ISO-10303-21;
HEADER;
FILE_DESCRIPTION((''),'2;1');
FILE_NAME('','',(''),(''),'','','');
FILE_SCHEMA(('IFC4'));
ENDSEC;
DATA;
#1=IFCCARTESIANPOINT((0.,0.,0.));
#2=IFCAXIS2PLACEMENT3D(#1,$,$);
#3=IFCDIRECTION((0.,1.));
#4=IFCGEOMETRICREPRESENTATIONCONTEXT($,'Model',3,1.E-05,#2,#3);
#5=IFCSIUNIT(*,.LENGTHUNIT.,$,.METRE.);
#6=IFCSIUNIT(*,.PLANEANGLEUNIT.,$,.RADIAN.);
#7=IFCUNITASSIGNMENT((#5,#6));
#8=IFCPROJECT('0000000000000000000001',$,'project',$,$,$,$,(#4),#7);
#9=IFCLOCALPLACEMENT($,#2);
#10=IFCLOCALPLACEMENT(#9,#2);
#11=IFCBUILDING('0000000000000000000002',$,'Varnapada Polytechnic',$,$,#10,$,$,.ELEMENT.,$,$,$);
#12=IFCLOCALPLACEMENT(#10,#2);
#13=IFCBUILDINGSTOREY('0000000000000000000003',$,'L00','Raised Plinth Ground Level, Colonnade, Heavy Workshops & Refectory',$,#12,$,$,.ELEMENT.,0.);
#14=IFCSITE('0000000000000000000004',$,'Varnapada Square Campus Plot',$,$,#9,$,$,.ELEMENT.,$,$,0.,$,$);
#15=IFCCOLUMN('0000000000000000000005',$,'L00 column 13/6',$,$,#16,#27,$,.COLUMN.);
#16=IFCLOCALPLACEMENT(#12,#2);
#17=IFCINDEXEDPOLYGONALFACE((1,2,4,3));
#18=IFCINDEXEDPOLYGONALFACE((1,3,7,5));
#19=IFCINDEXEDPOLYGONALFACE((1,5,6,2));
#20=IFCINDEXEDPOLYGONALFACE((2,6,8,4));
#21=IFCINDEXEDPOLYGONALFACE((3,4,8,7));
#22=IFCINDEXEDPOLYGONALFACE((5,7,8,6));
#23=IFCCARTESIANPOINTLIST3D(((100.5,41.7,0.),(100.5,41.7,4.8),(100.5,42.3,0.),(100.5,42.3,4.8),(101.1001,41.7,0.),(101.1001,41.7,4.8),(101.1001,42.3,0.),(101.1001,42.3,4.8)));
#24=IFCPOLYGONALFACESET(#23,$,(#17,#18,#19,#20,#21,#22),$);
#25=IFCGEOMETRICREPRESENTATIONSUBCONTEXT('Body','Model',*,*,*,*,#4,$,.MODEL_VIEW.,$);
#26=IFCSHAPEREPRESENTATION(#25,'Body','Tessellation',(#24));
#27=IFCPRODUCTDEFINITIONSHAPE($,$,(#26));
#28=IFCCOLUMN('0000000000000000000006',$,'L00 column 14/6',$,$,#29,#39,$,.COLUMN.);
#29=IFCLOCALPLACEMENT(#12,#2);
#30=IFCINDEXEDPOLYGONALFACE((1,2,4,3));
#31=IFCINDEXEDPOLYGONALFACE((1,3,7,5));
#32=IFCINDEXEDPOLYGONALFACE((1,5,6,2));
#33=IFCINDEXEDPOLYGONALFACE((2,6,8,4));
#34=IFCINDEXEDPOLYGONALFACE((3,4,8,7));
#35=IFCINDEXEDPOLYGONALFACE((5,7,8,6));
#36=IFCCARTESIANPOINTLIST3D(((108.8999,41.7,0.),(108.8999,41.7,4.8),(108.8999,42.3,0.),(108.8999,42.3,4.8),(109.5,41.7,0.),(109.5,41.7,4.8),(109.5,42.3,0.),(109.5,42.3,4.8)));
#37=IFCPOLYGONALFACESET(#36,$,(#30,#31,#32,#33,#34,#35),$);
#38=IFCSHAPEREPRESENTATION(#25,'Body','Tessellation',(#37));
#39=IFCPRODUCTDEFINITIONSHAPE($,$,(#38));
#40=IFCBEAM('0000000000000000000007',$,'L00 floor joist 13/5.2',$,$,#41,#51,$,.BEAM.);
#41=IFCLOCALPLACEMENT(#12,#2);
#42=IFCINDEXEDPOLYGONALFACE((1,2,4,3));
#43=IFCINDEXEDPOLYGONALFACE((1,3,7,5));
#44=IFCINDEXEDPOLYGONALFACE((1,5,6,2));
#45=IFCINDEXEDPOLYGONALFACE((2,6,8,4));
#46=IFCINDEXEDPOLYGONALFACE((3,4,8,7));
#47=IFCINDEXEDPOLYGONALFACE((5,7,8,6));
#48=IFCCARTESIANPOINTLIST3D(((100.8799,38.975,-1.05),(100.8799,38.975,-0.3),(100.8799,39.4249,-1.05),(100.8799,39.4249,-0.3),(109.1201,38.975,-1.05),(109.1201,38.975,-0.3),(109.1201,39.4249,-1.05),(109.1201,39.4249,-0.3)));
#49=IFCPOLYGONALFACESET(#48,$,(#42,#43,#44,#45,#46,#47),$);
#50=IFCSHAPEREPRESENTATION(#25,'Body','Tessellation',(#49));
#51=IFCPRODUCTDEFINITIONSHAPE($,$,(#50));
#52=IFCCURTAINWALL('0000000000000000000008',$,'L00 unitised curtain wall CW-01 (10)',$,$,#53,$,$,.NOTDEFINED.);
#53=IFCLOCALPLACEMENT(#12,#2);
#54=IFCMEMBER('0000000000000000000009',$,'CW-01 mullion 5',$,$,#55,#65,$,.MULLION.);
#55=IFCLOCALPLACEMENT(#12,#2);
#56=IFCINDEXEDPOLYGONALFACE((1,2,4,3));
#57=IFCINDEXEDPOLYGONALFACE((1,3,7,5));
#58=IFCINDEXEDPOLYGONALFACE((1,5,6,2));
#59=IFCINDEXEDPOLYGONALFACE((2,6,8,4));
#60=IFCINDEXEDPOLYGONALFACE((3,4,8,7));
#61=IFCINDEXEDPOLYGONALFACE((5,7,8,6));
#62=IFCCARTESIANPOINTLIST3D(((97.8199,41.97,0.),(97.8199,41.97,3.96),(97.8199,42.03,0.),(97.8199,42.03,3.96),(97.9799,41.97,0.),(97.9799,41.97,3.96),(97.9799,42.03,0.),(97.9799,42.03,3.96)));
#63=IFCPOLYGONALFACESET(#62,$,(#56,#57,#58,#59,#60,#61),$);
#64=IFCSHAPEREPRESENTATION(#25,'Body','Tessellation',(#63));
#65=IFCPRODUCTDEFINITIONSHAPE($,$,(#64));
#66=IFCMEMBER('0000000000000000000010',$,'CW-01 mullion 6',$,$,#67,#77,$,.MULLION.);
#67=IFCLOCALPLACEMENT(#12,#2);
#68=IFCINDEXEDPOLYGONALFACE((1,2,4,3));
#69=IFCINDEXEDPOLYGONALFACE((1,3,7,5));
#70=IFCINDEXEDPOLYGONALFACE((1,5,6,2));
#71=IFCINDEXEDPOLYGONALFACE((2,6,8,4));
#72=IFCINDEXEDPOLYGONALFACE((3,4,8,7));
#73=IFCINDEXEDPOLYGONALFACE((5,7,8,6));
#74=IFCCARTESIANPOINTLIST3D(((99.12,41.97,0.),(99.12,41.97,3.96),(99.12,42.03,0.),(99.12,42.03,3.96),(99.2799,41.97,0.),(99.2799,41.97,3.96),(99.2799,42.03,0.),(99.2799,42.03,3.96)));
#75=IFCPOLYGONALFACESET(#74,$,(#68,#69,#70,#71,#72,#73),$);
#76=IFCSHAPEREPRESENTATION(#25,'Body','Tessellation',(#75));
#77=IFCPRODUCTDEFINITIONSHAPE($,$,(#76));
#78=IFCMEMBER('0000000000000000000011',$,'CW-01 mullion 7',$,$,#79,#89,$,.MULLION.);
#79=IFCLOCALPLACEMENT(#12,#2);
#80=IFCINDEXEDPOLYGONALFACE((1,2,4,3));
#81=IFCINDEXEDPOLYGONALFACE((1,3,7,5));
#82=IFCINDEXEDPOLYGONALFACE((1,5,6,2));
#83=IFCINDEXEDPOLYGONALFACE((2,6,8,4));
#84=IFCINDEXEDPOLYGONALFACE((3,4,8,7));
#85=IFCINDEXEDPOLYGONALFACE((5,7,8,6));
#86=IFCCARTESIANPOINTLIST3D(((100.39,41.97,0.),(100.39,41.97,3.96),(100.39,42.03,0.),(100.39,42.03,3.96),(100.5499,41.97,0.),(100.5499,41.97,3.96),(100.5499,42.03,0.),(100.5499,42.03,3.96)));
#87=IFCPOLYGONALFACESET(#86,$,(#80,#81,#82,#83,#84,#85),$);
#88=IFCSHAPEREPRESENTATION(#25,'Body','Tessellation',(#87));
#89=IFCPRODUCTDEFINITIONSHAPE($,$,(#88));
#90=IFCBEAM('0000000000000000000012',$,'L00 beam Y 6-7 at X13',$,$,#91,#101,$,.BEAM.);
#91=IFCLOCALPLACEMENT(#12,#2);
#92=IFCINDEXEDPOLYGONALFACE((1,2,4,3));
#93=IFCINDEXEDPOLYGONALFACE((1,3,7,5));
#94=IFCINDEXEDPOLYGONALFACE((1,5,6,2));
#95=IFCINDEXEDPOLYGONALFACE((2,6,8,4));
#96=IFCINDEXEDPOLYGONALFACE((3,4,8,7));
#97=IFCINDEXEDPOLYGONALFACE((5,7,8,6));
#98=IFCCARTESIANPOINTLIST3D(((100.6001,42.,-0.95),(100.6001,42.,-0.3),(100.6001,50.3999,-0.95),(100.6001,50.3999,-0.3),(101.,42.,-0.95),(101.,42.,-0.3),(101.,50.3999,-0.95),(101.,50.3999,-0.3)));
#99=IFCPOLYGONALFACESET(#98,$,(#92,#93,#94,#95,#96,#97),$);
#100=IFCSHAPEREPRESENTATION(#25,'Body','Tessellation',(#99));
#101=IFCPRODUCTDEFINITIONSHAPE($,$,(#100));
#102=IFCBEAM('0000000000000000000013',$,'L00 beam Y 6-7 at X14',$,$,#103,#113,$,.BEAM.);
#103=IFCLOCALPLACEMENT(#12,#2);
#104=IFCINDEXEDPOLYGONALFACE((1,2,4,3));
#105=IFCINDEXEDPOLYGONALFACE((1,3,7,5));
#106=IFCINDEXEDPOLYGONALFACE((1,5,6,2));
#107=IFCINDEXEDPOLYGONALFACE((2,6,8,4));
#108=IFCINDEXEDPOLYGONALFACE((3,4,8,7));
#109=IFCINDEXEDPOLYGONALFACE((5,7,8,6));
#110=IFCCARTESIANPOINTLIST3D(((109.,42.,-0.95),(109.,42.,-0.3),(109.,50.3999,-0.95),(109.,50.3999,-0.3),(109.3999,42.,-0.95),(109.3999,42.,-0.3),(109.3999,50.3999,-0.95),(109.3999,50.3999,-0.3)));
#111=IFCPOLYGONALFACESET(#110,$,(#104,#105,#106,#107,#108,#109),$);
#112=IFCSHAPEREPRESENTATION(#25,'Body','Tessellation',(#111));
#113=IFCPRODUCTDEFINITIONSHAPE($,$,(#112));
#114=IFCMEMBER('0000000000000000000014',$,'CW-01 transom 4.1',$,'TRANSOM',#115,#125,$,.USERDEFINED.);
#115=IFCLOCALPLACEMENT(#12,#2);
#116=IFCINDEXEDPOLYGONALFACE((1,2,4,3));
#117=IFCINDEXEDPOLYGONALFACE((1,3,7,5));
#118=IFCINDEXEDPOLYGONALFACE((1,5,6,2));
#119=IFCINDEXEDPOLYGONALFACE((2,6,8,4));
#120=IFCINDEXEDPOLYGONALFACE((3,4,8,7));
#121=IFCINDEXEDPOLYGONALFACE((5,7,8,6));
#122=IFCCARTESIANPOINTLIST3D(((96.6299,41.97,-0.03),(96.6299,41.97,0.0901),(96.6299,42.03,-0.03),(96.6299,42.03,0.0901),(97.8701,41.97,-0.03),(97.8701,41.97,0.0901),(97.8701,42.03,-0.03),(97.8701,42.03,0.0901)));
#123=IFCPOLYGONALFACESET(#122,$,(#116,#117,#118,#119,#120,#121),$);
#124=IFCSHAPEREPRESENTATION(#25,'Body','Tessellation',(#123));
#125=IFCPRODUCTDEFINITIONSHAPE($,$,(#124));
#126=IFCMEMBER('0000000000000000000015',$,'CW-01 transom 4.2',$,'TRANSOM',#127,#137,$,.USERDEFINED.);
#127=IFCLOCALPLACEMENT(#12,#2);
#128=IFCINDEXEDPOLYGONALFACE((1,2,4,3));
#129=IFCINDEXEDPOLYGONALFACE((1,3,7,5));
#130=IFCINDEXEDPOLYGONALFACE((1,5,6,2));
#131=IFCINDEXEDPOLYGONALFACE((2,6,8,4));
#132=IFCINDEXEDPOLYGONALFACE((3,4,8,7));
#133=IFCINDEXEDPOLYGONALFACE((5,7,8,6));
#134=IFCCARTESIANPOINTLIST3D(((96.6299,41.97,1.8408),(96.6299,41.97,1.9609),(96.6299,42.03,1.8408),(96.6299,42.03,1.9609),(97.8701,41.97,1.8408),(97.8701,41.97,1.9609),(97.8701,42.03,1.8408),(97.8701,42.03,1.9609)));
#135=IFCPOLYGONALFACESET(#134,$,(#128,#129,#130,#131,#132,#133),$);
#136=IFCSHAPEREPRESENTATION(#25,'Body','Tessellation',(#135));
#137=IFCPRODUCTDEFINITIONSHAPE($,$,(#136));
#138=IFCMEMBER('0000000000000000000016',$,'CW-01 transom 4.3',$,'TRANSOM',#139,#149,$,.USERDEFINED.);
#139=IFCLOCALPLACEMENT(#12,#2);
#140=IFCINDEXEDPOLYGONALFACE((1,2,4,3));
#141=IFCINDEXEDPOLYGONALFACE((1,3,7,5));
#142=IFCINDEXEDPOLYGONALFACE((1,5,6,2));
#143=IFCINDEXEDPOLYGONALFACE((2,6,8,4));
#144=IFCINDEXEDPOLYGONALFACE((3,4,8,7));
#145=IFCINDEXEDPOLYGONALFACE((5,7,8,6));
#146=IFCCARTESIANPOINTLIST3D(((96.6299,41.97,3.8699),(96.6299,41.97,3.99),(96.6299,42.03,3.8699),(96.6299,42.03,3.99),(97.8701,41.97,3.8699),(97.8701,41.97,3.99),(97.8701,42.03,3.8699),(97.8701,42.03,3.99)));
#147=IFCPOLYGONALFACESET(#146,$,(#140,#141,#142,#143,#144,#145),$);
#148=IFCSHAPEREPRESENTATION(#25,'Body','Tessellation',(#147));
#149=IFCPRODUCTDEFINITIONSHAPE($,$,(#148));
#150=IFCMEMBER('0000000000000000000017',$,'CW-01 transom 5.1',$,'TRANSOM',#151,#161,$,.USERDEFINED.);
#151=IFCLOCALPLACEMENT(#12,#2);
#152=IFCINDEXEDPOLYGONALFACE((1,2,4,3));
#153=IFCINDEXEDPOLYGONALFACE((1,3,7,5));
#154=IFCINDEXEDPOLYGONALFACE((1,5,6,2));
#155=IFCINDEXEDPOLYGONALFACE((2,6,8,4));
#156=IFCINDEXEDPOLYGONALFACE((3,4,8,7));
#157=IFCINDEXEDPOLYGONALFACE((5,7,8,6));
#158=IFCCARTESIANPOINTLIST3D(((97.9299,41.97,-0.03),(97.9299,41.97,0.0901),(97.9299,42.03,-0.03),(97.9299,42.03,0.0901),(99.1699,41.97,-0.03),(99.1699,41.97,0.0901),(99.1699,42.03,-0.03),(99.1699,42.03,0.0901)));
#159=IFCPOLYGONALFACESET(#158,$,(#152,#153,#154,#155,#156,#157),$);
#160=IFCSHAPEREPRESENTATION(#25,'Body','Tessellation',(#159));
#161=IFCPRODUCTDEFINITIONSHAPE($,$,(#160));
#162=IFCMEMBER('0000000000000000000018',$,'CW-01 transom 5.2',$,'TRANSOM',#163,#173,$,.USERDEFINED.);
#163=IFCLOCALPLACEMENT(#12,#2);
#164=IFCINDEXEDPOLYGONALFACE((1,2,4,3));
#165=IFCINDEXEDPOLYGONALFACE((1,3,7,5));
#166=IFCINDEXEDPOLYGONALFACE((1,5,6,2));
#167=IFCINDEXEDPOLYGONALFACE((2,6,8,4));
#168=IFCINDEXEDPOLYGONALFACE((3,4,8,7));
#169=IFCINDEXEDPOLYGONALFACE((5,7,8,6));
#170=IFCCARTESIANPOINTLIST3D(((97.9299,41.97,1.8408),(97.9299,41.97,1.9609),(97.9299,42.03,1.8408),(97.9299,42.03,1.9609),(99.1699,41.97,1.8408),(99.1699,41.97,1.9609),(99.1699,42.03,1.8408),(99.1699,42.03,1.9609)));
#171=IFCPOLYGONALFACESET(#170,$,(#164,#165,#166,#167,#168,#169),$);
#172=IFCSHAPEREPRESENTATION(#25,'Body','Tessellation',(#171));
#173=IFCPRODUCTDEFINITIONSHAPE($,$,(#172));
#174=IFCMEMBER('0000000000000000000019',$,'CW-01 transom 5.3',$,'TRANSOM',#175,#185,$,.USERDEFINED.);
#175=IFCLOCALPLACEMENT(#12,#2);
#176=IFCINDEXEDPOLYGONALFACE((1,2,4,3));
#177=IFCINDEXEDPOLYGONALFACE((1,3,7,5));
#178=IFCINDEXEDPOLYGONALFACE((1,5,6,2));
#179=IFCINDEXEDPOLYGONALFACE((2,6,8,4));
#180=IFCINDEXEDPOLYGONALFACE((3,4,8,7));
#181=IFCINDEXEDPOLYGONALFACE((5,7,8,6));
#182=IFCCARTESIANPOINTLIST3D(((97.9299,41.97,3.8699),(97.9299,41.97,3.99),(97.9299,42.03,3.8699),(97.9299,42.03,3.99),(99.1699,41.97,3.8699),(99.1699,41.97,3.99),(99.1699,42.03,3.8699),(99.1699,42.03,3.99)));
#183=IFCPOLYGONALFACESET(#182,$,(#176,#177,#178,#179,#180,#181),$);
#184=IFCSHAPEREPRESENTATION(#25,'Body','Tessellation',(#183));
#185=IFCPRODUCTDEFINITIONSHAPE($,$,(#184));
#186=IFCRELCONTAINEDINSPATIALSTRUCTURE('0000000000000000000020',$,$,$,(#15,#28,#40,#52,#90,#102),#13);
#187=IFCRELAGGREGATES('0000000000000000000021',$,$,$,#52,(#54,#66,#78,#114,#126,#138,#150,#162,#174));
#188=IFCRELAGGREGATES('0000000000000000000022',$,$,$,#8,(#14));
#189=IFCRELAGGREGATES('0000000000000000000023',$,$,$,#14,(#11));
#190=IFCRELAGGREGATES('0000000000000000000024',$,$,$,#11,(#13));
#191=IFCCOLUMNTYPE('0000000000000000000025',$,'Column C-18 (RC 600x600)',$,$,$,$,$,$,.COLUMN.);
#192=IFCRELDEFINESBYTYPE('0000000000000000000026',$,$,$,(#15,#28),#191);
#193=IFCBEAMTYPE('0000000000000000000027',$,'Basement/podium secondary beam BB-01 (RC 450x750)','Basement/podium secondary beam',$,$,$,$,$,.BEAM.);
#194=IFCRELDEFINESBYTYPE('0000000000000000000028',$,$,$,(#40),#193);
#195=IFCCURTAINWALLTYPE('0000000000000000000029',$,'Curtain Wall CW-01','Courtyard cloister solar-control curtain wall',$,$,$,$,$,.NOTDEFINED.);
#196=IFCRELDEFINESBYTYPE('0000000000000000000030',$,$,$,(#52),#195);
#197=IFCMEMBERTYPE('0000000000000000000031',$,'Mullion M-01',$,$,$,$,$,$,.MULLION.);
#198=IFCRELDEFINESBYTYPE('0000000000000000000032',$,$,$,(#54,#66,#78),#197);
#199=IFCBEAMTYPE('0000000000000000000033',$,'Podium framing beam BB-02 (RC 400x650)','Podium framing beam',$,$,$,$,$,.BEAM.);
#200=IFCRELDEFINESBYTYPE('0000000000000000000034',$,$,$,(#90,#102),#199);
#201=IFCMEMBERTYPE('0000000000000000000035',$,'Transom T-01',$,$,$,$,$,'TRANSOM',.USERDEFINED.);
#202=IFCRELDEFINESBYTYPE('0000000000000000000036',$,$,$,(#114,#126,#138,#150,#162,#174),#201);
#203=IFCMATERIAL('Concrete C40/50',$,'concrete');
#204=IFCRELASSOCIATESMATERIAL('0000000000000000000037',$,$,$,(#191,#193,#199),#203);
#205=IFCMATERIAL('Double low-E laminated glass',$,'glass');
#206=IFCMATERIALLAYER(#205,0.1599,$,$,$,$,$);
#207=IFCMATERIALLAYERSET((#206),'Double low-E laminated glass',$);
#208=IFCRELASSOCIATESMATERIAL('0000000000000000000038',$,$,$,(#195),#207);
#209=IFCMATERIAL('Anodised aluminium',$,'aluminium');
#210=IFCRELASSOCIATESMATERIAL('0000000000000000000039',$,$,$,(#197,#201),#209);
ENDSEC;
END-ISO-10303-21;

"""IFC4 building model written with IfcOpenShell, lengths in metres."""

from ifc_helpers import new_model, si_unit, direction, frame, origin, origin_2d, place, context, subcontext, project, spatial, rectangle, extrude, material, layer, layer_set, material_profile, profile_set, type_object, element, aggregate, save


model = new_model("IFC4")

# Units and contexts
model_context = context("Model", 3, precision=1e-05, world=origin(), true_north=direction((0.0, 1.0)))
body_context = subcontext(model_context, "Body", "Model", "MODEL_VIEW")
ifc_project = project(units=[si_unit("LENGTHUNIT", "METRE"), si_unit("PLANEANGLEUNIT", "RADIAN")], contexts=[model_context])

# Site, building, storey
site_placement = place(None, origin())
site = spatial("IfcSite", under=ifc_project, at=site_placement, Name="Varnapada Square Campus Plot", CompositionType="ELEMENT", RefElevation=0.0)
building_placement = place(site_placement, origin())
building = spatial("IfcBuilding", under=site, at=building_placement, Name="Varnapada Polytechnic", CompositionType="ELEMENT")
storey_placement = place(building_placement, origin())
storey = spatial("IfcBuildingStorey", under=building, at=storey_placement, Name="L00", Description="Raised Plinth Ground Level, Colonnade, Heavy Workshops & Refectory", CompositionType="ELEMENT", Elevation=0.0)

# Columns
ifc_material_1 = material(Name="Concrete C40/50", Category="concrete")
ifc_material_profile_1 = material_profile(ifc_material_1, rectangle(XDim=0.6001, YDim=0.6001, at=origin_2d()), Name="RC 600x600")
ifc_profile_set_1 = profile_set([ifc_material_profile_1], Name="Concrete C40/50")
column_type = type_object("IfcColumnType", Name="Column C-18 (RC 600x600)", PredefinedType="COLUMN", material=ifc_profile_set_1)
for number, where, z_axis, x_axis, name in (
    (1, (100.8, 42.0, 0.0), (0.0, 0.0, 1.0), (1.0, 0.0, 0.0), "L00 column 13/6"),
    (2, (109.2, 42.0, 0.0), (0.0, 0.0, 1.0), (1.0, 0.0, 0.0), "L00 column 14/6"),
):
    element("IfcColumn", number, at=place(storey_placement, frame(where, z_axis=z_axis, x_axis=x_axis)), inside=storey, type_object=column_type, Name=name, PredefinedType="COLUMN", context=body_context, shape_type="SweptSolid", body=[
        extrude(rectangle(XDim=0.6001, YDim=0.6001, at=origin_2d()), origin(), (0.0, 0.0, 1.0), 4.8),
    ])

# Beam
ifc_material_profile_2 = material_profile(ifc_material_1, rectangle(XDim=0.45, YDim=0.75, at=origin_2d()), Name="RC 450x750")
ifc_profile_set_2 = profile_set([ifc_material_profile_2], Name="Concrete C40/50")
beam_type_1 = type_object("IfcBeamType", Name="Basement/podium secondary beam BB-01 (RC 450x750)", Description="Basement/podium secondary beam", PredefinedType="BEAM", material=ifc_profile_set_2)
beam_1_placement = place(storey_placement, frame((100.8799, 39.2, -0.675), z_axis=(1.0, 0.0, 0.0), x_axis=(0.0, 1.0, 0.0)))
element("IfcBeam", 3, at=beam_1_placement, inside=storey, type_object=beam_type_1, Name="L00 floor joist 13/5.2", PredefinedType="BEAM", context=body_context, shape_type="SweptSolid", body=[
    extrude(rectangle(XDim=0.45, YDim=0.75, at=origin_2d()), origin(), (0.0, 0.0, 1.0), 8.2402),
])

# Curtain wall, members
ifc_material_2 = material(Name="Double low-E laminated glass", Category="glass")
ifc_layer_1 = layer(ifc_material_2, 0.1599)
ifc_layer_set_1 = layer_set([ifc_layer_1], Name="Double low-E laminated glass")
curtain_wall_type = type_object("IfcCurtainWallType", Name="Curtain Wall CW-01", Description="Courtyard cloister solar-control curtain wall", PredefinedType="NOTDEFINED", material=ifc_layer_set_1)
curtain_wall_placement = place(storey_placement, origin())
curtain_wall = element("IfcCurtainWall", 4, at=curtain_wall_placement, inside=storey, type_object=curtain_wall_type, Name="L00 unitised curtain wall CW-01 (10)", PredefinedType="NOTDEFINED")
ifc_material_3 = material(Name="Anodised aluminium", Category="aluminium")
ifc_material_profile_3 = material_profile(ifc_material_3, rectangle(XDim=0.0601, YDim=0.1599, at=origin_2d()), Name="ALU M60x160")
ifc_profile_set_3 = profile_set([ifc_material_profile_3], Name="Anodised aluminium")
member_type_1 = type_object("IfcMemberType", Name="Mullion M-01", PredefinedType="MULLION", material=ifc_profile_set_3)
member_1_placement = place(storey_placement, frame((97.8999, 42.0, 0.0), z_axis=(0.0, 0.0, 1.0), x_axis=(0.0, 1.0, 0.0)))
member_1 = element("IfcMember", 5, at=member_1_placement, type_object=member_type_1, Name="CW-01 mullion 5", PredefinedType="MULLION", context=body_context, shape_type="SweptSolid", body=[
    extrude(rectangle(XDim=0.0601, YDim=0.1599, at=origin_2d()), origin(), (0.0, 0.0, 1.0), 3.96),
])
member_2_placement = place(storey_placement, frame((99.2, 42.0, 0.0), z_axis=(0.0, 0.0, 1.0), x_axis=(0.0, 1.0, 0.0)))
member_2 = element("IfcMember", 6, at=member_2_placement, type_object=member_type_1, Name="CW-01 mullion 6", PredefinedType="MULLION", context=body_context, shape_type="SweptSolid", body=[
    extrude(rectangle(XDim=0.0601, YDim=0.1599, at=origin_2d()), origin(), (0.0, 0.0, 1.0), 3.96),
])
member_3_placement = place(storey_placement, frame((100.47, 42.0, 0.0), z_axis=(0.0, 0.0, 1.0), x_axis=(0.0, 1.0, 0.0)))
member_3 = element("IfcMember", 7, at=member_3_placement, type_object=member_type_1, Name="CW-01 mullion 7", PredefinedType="MULLION", context=body_context, shape_type="SweptSolid", body=[
    extrude(rectangle(XDim=0.0601, YDim=0.1599, at=origin_2d()), origin(), (0.0, 0.0, 1.0), 3.96),
])

# Beams
ifc_material_profile_4 = material_profile(ifc_material_1, rectangle(XDim=0.3999, YDim=0.6499, at=origin_2d()), Name="RC 400x650")
ifc_profile_set_4 = profile_set([ifc_material_profile_4], Name="Concrete C40/50")
beam_type_2 = type_object("IfcBeamType", Name="Podium framing beam BB-02 (RC 400x650)", Description="Podium framing beam", PredefinedType="BEAM", material=ifc_profile_set_4)
for number, where, z_axis, x_axis, name in (
    (8, (100.8, 42.0, -0.625), (0.0, 1.0, 0.0), (-1.0, 0.0, 0.0), "L00 beam Y 6-7 at X13"),
    (9, (109.2, 42.0, -0.625), (0.0, 1.0, 0.0), (-1.0, 0.0, 0.0), "L00 beam Y 6-7 at X14"),
):
    element("IfcBeam", number, at=place(storey_placement, frame(where, z_axis=z_axis, x_axis=x_axis)), inside=storey, type_object=beam_type_2, Name=name, PredefinedType="BEAM", context=body_context, shape_type="SweptSolid", body=[
        extrude(rectangle(XDim=0.3999, YDim=0.6499, at=origin_2d()), origin(), (0.0, 0.0, 1.0), 8.3999),
    ])

# Members
ifc_material_profile_5 = material_profile(ifc_material_3, rectangle(XDim=0.0601, YDim=0.1201, at=origin_2d()), Name="ALU T60x120")
ifc_profile_set_5 = profile_set([ifc_material_profile_5], Name="Anodised aluminium")
member_type_2 = type_object("IfcMemberType", Name="Transom T-01", ElementType="TRANSOM", PredefinedType="USERDEFINED", material=ifc_profile_set_5)
member_4_placement = place(storey_placement, frame((96.6299, 42.0, 0.03), z_axis=(1.0, 0.0, 0.0), x_axis=(0.0, 1.0, 0.0)))
member_4 = element("IfcMember", 10, at=member_4_placement, type_object=member_type_2, Name="CW-01 transom 4.1", ObjectType="TRANSOM", PredefinedType="USERDEFINED", context=body_context, shape_type="SweptSolid", body=[
    extrude(rectangle(XDim=0.0601, YDim=0.1201, at=origin_2d()), origin(), (0.0, 0.0, 1.0), 1.2402),
])
member_5_placement = place(storey_placement, frame((96.6299, 42.0, 1.9009), z_axis=(1.0, 0.0, 0.0), x_axis=(0.0, 1.0, 0.0)))
member_5 = element("IfcMember", 11, at=member_5_placement, type_object=member_type_2, Name="CW-01 transom 4.2", ObjectType="TRANSOM", PredefinedType="USERDEFINED", context=body_context, shape_type="SweptSolid", body=[
    extrude(rectangle(XDim=0.0601, YDim=0.1201, at=origin_2d()), origin(), (0.0, 0.0, 1.0), 1.2402),
])
member_6_placement = place(storey_placement, frame((96.6299, 42.0, 3.9299), z_axis=(1.0, 0.0, 0.0), x_axis=(0.0, 1.0, 0.0)))
member_6 = element("IfcMember", 12, at=member_6_placement, type_object=member_type_2, Name="CW-01 transom 4.3", ObjectType="TRANSOM", PredefinedType="USERDEFINED", context=body_context, shape_type="SweptSolid", body=[
    extrude(rectangle(XDim=0.0601, YDim=0.1201, at=origin_2d()), origin(), (0.0, 0.0, 1.0), 1.2402),
])
member_7_placement = place(storey_placement, frame((97.9299, 42.0, 0.03), z_axis=(1.0, 0.0, 0.0), x_axis=(0.0, 1.0, 0.0)))
member_7 = element("IfcMember", 13, at=member_7_placement, type_object=member_type_2, Name="CW-01 transom 5.1", ObjectType="TRANSOM", PredefinedType="USERDEFINED", context=body_context, shape_type="SweptSolid", body=[
    extrude(rectangle(XDim=0.0601, YDim=0.1201, at=origin_2d()), origin(), (0.0, 0.0, 1.0), 1.24),
])
member_8_placement = place(storey_placement, frame((97.9299, 42.0, 1.9009), z_axis=(1.0, 0.0, 0.0), x_axis=(0.0, 1.0, 0.0)))
member_8 = element("IfcMember", 14, at=member_8_placement, type_object=member_type_2, Name="CW-01 transom 5.2", ObjectType="TRANSOM", PredefinedType="USERDEFINED", context=body_context, shape_type="SweptSolid", body=[
    extrude(rectangle(XDim=0.0601, YDim=0.1201, at=origin_2d()), origin(), (0.0, 0.0, 1.0), 1.24),
])
member_9_placement = place(storey_placement, frame((97.9299, 42.0, 3.9299), z_axis=(1.0, 0.0, 0.0), x_axis=(0.0, 1.0, 0.0)))
member_9 = element("IfcMember", 15, at=member_9_placement, type_object=member_type_2, Name="CW-01 transom 5.3", ObjectType="TRANSOM", PredefinedType="USERDEFINED", context=body_context, shape_type="SweptSolid", body=[
    extrude(rectangle(XDim=0.0601, YDim=0.1201, at=origin_2d()), origin(), (0.0, 0.0, 1.0), 1.24),
])

aggregate(curtain_wall, [member_1, member_2, member_3, member_4, member_5, member_6, member_7, member_8, member_9])

save(model, "model.ifc")
